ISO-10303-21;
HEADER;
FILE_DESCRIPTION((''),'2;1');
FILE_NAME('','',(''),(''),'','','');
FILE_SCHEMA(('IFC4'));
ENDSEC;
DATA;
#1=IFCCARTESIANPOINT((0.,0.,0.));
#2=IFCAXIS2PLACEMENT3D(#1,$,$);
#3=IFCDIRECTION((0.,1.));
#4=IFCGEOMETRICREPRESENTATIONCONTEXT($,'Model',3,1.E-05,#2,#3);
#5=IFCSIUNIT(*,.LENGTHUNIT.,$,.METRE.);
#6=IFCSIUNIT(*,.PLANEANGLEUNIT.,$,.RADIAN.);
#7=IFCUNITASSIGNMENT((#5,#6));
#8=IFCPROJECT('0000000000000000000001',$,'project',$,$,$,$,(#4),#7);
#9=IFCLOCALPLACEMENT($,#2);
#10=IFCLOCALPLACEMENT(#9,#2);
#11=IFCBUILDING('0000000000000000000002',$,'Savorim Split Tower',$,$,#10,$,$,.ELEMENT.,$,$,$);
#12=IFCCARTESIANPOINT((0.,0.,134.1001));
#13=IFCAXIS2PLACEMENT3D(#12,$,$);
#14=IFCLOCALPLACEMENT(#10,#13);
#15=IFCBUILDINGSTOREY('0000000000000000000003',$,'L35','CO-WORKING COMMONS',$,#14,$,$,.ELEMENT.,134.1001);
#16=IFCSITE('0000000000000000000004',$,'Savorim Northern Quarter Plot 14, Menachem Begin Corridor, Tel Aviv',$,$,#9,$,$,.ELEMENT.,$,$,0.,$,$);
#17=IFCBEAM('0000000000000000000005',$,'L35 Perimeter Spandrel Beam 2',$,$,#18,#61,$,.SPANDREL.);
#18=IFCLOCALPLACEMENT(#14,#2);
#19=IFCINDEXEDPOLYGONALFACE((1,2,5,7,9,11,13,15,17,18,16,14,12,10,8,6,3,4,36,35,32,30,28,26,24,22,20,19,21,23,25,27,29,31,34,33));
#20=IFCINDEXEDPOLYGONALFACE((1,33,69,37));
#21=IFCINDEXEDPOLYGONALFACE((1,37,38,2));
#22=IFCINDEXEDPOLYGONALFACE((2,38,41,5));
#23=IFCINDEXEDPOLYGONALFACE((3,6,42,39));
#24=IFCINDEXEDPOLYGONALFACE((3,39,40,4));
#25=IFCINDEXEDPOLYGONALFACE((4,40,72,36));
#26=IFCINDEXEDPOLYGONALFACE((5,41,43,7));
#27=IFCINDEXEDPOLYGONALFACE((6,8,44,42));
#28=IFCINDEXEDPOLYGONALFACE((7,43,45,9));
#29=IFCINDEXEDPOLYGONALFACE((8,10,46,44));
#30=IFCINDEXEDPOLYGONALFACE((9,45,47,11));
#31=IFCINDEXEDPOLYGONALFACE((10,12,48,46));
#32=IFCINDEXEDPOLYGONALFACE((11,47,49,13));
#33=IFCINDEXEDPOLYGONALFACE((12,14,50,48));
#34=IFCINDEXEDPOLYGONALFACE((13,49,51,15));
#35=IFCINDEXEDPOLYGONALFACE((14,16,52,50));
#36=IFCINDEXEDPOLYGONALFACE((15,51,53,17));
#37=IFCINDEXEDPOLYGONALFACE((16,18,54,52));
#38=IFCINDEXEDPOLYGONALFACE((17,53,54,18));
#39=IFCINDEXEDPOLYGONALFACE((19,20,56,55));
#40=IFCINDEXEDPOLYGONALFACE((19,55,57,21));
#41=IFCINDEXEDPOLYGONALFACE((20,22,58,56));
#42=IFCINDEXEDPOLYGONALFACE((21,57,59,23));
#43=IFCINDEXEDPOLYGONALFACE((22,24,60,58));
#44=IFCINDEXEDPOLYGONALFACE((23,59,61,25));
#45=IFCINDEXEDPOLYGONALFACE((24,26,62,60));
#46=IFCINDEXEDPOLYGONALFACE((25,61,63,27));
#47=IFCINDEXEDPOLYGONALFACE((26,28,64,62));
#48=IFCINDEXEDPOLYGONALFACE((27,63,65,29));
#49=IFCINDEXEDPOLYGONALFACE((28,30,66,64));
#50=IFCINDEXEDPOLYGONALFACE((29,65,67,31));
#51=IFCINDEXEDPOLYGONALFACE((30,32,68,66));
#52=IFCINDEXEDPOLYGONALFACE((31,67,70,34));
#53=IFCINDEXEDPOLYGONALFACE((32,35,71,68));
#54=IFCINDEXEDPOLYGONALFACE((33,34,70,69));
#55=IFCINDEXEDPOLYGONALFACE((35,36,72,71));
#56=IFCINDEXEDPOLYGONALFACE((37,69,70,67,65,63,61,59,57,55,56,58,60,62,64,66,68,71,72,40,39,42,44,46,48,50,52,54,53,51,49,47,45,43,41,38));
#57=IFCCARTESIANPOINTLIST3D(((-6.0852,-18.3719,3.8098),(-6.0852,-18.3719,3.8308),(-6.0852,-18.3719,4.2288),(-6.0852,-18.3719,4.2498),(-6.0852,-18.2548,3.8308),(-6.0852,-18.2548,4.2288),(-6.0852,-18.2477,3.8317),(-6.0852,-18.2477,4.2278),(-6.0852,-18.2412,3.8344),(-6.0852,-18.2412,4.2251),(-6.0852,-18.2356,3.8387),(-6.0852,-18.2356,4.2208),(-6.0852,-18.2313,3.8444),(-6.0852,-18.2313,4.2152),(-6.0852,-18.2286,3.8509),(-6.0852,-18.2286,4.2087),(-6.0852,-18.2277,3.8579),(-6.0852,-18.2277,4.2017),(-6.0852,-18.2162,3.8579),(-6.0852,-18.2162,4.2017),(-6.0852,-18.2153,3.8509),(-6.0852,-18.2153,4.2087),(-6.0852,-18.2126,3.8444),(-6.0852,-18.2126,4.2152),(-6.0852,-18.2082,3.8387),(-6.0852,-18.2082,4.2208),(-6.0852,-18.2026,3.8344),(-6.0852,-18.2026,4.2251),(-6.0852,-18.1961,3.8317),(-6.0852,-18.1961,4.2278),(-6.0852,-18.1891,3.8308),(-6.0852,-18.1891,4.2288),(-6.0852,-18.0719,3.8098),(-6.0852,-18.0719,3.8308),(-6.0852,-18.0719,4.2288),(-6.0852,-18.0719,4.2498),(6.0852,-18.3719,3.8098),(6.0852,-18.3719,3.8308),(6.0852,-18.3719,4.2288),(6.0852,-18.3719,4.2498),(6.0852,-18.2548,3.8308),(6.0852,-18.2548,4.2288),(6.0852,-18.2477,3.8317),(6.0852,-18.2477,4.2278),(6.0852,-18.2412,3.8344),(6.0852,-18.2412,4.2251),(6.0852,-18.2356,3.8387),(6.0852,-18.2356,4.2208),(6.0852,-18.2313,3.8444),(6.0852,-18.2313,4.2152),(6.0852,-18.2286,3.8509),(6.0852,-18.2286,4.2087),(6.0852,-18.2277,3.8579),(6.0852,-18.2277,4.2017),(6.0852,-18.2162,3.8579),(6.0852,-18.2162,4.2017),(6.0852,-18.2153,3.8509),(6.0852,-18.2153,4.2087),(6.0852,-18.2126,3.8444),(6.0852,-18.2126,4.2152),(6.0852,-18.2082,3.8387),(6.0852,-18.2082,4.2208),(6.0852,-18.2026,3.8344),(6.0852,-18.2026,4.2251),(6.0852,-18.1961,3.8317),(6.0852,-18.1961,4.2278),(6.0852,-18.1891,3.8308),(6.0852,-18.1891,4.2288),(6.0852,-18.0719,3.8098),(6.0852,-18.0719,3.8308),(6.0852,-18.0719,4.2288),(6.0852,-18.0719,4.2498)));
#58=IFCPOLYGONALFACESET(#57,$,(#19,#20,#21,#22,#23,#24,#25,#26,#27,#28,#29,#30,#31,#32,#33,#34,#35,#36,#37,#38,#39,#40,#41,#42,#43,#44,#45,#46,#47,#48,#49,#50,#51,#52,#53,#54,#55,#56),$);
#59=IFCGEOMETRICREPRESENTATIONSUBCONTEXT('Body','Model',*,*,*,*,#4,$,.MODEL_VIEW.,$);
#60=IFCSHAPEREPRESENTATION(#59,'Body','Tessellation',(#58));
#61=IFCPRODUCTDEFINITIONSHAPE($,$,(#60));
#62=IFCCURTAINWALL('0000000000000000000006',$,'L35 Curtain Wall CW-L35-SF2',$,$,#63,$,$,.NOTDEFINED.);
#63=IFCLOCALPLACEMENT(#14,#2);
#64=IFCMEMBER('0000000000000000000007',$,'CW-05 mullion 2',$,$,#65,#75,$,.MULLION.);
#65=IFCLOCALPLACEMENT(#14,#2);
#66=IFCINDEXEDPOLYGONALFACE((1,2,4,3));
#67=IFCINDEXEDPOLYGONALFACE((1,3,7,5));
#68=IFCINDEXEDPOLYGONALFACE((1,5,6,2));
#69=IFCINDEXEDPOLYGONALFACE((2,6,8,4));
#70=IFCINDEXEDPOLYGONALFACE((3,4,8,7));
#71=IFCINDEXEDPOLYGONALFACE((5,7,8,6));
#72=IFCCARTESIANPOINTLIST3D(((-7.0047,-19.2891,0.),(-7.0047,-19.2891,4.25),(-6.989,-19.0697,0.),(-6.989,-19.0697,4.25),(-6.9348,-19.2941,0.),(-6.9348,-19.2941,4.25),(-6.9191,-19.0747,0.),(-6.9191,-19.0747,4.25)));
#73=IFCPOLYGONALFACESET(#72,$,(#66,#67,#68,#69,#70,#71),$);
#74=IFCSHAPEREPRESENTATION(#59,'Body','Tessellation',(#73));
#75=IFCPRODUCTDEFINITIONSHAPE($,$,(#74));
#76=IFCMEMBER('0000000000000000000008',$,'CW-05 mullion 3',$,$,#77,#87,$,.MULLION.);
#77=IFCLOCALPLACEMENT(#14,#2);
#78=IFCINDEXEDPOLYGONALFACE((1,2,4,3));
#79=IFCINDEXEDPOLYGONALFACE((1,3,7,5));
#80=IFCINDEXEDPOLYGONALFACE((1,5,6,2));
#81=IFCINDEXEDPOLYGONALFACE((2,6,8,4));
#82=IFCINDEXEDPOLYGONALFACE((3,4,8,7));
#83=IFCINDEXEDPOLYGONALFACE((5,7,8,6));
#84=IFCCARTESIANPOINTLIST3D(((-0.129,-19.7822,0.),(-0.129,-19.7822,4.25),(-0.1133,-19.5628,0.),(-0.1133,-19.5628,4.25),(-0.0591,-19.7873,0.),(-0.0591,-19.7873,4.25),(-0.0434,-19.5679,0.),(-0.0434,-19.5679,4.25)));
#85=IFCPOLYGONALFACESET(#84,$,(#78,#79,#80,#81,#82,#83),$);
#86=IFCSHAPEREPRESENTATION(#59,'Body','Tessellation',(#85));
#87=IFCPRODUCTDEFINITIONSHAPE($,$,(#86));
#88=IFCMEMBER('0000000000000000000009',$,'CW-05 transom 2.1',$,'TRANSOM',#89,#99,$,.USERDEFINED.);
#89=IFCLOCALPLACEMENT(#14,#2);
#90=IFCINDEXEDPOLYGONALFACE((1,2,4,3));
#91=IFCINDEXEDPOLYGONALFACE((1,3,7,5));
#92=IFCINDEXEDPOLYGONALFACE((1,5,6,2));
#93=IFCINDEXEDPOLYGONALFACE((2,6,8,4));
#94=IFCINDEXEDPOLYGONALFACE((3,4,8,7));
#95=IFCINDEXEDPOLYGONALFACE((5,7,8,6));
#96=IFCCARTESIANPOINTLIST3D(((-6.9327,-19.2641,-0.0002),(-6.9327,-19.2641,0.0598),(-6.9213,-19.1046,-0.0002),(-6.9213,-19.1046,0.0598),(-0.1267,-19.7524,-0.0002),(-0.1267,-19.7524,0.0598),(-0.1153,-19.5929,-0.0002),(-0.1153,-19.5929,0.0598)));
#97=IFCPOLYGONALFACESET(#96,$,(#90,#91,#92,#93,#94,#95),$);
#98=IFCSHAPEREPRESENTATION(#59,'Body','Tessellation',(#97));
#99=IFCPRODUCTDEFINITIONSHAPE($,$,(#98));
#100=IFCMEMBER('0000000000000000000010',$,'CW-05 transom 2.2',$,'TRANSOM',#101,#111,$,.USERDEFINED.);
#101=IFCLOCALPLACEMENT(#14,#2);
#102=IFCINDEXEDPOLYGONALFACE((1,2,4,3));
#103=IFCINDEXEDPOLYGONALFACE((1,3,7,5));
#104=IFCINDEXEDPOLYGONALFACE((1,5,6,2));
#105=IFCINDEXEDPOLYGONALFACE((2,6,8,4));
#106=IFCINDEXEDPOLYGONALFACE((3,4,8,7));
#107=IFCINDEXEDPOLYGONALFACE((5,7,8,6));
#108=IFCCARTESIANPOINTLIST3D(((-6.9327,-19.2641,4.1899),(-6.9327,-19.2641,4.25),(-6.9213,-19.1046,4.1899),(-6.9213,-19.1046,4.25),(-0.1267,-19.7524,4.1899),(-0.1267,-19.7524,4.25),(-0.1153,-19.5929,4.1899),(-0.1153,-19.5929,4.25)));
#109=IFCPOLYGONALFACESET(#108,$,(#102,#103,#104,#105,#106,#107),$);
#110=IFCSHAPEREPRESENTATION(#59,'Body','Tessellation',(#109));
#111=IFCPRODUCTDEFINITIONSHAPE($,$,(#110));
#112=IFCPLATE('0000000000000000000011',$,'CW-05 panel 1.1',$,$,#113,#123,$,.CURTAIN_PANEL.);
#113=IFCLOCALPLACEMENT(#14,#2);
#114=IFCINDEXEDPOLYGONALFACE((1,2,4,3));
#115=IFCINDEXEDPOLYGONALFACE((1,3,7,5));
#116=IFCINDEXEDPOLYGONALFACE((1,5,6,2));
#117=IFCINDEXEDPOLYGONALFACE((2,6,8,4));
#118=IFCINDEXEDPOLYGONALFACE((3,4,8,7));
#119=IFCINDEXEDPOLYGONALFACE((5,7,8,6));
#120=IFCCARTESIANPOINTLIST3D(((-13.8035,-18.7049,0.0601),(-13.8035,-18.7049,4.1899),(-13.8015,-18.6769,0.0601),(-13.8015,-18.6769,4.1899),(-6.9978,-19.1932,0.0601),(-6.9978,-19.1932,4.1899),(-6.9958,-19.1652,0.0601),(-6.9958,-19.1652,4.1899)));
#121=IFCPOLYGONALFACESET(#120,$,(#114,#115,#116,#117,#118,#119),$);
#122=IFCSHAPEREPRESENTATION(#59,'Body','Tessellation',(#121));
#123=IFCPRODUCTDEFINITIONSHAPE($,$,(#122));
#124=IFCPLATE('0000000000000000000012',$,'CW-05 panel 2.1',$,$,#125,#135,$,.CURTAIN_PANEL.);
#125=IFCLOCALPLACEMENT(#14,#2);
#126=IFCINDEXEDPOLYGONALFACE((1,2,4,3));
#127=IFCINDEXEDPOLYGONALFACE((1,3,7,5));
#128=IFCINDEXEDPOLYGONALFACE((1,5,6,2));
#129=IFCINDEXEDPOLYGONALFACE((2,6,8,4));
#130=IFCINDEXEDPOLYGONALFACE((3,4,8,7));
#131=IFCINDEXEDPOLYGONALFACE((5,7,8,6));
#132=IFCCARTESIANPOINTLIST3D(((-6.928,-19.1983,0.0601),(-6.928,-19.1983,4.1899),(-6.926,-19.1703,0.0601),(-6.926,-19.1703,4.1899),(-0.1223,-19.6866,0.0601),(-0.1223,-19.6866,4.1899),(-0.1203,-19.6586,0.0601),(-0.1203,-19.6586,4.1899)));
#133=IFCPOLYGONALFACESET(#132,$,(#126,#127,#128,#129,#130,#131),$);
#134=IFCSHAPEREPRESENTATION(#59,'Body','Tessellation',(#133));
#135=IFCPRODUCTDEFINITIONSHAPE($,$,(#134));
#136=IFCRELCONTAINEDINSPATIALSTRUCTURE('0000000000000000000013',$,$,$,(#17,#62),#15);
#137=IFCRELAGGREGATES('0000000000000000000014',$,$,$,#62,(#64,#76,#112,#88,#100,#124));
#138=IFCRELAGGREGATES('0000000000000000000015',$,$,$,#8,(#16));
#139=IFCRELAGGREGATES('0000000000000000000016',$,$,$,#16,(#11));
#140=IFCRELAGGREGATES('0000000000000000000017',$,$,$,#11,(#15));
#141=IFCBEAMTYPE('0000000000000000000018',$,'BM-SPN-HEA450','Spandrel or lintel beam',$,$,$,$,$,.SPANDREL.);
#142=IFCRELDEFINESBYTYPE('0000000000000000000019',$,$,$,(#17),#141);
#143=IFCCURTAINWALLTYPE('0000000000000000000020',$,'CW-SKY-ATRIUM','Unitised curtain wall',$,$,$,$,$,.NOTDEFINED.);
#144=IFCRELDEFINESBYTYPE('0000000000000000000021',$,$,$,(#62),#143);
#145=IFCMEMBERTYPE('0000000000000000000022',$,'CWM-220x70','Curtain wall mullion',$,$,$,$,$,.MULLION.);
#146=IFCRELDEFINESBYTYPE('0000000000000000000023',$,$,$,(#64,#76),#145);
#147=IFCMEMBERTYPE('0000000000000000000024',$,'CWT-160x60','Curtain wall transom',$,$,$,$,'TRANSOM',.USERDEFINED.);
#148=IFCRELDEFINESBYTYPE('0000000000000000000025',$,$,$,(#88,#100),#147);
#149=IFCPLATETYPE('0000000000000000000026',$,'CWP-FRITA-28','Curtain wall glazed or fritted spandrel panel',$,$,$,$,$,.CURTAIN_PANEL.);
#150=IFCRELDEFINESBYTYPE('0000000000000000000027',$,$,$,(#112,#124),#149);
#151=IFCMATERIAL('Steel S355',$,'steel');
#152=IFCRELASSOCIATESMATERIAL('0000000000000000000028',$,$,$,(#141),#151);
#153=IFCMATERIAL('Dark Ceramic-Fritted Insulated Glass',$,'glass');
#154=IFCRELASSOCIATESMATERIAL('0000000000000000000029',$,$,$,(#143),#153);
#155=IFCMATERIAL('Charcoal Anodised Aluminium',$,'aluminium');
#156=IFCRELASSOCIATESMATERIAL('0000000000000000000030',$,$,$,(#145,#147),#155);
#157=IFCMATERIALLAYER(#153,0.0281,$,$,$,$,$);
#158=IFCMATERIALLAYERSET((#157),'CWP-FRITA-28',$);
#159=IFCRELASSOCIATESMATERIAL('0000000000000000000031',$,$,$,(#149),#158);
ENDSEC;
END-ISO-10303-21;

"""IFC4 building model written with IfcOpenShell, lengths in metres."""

from ifc_helpers import new_model, si_unit, direction, frame, origin, origin_2d, place, context, subcontext, project, spatial, rectangle, i_section, extrude, material, layer, layer_set, material_profile, profile_set, type_object, element, aggregate, save


model = new_model("IFC4")

# Units and contexts
model_context = context("Model", 3, precision=1e-05, world=origin(), true_north=direction((0.0, 1.0)))
body_context = subcontext(model_context, "Body", "Model", "MODEL_VIEW")
ifc_project = project(units=[si_unit("LENGTHUNIT", "METRE"), si_unit("PLANEANGLEUNIT", "RADIAN")], contexts=[model_context])

# Site, building, storey
site_placement = place(None, origin())
site = spatial("IfcSite", under=ifc_project, at=site_placement, Name="Savorim Northern Quarter Plot 14, Menachem Begin Corridor, Tel Aviv", CompositionType="ELEMENT", RefElevation=0.0)
building_placement = place(site_placement, origin())
building = spatial("IfcBuilding", under=site, at=building_placement, Name="Savorim Split Tower", CompositionType="ELEMENT")
storey_placement = place(building_placement, frame((0.0, 0.0, 134.1001)))
storey = spatial("IfcBuildingStorey", under=building, at=storey_placement, Name="L35", Description="CO-WORKING COMMONS", CompositionType="ELEMENT", Elevation=134.1001)

# Beam
ifc_material_1 = material(Name="Steel S355", Category="steel")
ifc_material_profile_1 = material_profile(ifc_material_1, i_section(OverallWidth=0.3, OverallDepth=0.4399, WebThickness=0.0115, FlangeThickness=0.021, FilletRadius=0.0271, at=origin_2d()), Name="HEA 450")
ifc_profile_set_1 = profile_set([ifc_material_profile_1], Name="Steel S355")
beam_type_1 = type_object("IfcBeamType", Name="BM-SPN-HEA450", Description="Spandrel or lintel beam", PredefinedType="SPANDREL", material=ifc_profile_set_1)
beam_1_placement = place(storey_placement, frame((-6.0852, -18.2219, 4.0298), z_axis=(1.0, 0.0, 0.0), x_axis=(0.0, 1.0, 0.0)))
element("IfcBeam", 1, at=beam_1_placement, inside=storey, type_object=beam_type_1, Name="L35 Perimeter Spandrel Beam 2", PredefinedType="SPANDREL", context=body_context, shape_type="SweptSolid", body=[
    extrude(i_section(OverallWidth=0.3, OverallDepth=0.4399, WebThickness=0.0115, FlangeThickness=0.021, FilletRadius=0.0271, at=origin_2d()), origin(), (0.0, 0.0, 1.0), 12.1704),
])

# Curtain wall, members, plates
ifc_material_2 = material(Name="Dark Ceramic-Fritted Insulated Glass", Category="glass")
curtain_wall_type = type_object("IfcCurtainWallType", Name="CW-SKY-ATRIUM", Description="Unitised curtain wall", PredefinedType="NOTDEFINED", material=ifc_material_2)
curtain_wall_placement = place(storey_placement, origin())
curtain_wall = element("IfcCurtainWall", 2, at=curtain_wall_placement, inside=storey, type_object=curtain_wall_type, Name="L35 Curtain Wall CW-L35-SF2", PredefinedType="NOTDEFINED")
ifc_material_3 = material(Name="Charcoal Anodised Aluminium", Category="aluminium")
ifc_material_profile_2 = material_profile(ifc_material_3, rectangle(XDim=0.22, YDim=0.0701, at=origin_2d()), Name="ALU-M 220x70")
ifc_profile_set_2 = profile_set([ifc_material_profile_2], Name="Charcoal Anodised Aluminium")
member_type_1 = type_object("IfcMemberType", Name="CWM-220x70", Description="Curtain wall mullion", PredefinedType="MULLION", material=ifc_profile_set_2)
member_1_placement = place(storey_placement, frame((-6.9619, -19.1819, 0.0), z_axis=(0.0, 0.0, 1.0), x_axis=(0.071561, 0.997436, 0.0)))
member_1 = element("IfcMember", 3, at=member_1_placement, type_object=member_type_1, Name="CW-05 mullion 2", PredefinedType="MULLION", context=body_context, shape_type="SweptSolid", body=[
    extrude(rectangle(XDim=0.22, YDim=0.0701, at=origin_2d()), origin(), (0.0, 0.0, 1.0), 4.25),
])
member_2_placement = place(storey_placement, frame((-0.0862, -19.675, 0.0), z_axis=(0.0, 0.0, 1.0), x_axis=(0.071561, 0.997436, 0.0)))
member_2 = element("IfcMember", 4, at=member_2_placement, type_object=member_type_1, Name="CW-05 mullion 3", PredefinedType="MULLION", context=body_context, shape_type="SweptSolid", body=[
    extrude(rectangle(XDim=0.22, YDim=0.0701, at=origin_2d()), origin(), (0.0, 0.0, 1.0), 4.25),
])
ifc_material_profile_3 = material_profile(ifc_material_3, rectangle(XDim=0.1599, YDim=0.0601, at=origin_2d()), Name="ALU-T 160x60")
ifc_profile_set_3 = profile_set([ifc_material_profile_3], Name="Charcoal Anodised Aluminium")
member_type_2 = type_object("IfcMemberType", Name="CWT-160x60", Description="Curtain wall transom", ElementType="TRANSOM", PredefinedType="USERDEFINED", material=ifc_profile_set_3)
member_3_placement = place(storey_placement, frame((-6.927, -19.1843, 0.0298), z_axis=(0.997436, -0.07156, 0.0), x_axis=(0.07156, 0.997436, 0.0)))
member_3 = element("IfcMember", 5, at=member_3_placement, type_object=member_type_2, Name="CW-05 transom 2.1", ObjectType="TRANSOM", PredefinedType="USERDEFINED", context=body_context, shape_type="SweptSolid", body=[
    extrude(rectangle(XDim=0.1599, YDim=0.0601, at=origin_2d()), origin(), (0.0, 0.0, 1.0), 6.8235),
])
member_4_placement = place(storey_placement, frame((-6.927, -19.1843, 4.22), z_axis=(0.997436, -0.07156, 0.0), x_axis=(0.07156, 0.997436, 0.0)))
member_4 = element("IfcMember", 6, at=member_4_placement, type_object=member_type_2, Name="CW-05 transom 2.2", ObjectType="TRANSOM", PredefinedType="USERDEFINED", context=body_context, shape_type="SweptSolid", body=[
    extrude(rectangle(XDim=0.1599, YDim=0.0601, at=origin_2d()), origin(), (0.0, 0.0, 1.0), 6.8235),
])
ifc_layer_1 = layer(ifc_material_2, 0.0281)
ifc_layer_set_1 = layer_set([ifc_layer_1], Name="CWP-FRITA-28")
plate_type = type_object("IfcPlateType", Name="CWP-FRITA-28", Description="Curtain wall glazed or fritted spandrel panel", PredefinedType="CURTAIN_PANEL", material=ifc_layer_set_1)
plate_1_placement = place(storey_placement, frame((-10.3997, -18.9351, 0.0601), z_axis=(0.0, 0.0, 1.0), x_axis=(0.997436, -0.071561, 0.0)))
plate_1 = element("IfcPlate", 7, at=plate_1_placement, type_object=plate_type, Name="CW-05 panel 1.1", PredefinedType="CURTAIN_PANEL", context=body_context, shape_type="SweptSolid", body=[
    extrude(rectangle(XDim=6.8232, YDim=0.0281, at=origin_2d()), origin(), (0.0, 0.0, 1.0), 4.1299),
])
plate_2_placement = place(storey_placement, frame((-3.5242, -19.4285, 0.0601), z_axis=(0.0, 0.0, 1.0), x_axis=(0.997436, -0.071561, 0.0)))
plate_2 = element("IfcPlate", 8, at=plate_2_placement, type_object=plate_type, Name="CW-05 panel 2.1", PredefinedType="CURTAIN_PANEL", context=body_context, shape_type="SweptSolid", body=[
    extrude(rectangle(XDim=6.8232, YDim=0.0281, at=origin_2d()), origin(), (0.0, 0.0, 1.0), 4.1299),
])
aggregate(curtain_wall, [member_1, member_2, plate_1, member_3, member_4, plate_2])

save(model, "model.ifc")
